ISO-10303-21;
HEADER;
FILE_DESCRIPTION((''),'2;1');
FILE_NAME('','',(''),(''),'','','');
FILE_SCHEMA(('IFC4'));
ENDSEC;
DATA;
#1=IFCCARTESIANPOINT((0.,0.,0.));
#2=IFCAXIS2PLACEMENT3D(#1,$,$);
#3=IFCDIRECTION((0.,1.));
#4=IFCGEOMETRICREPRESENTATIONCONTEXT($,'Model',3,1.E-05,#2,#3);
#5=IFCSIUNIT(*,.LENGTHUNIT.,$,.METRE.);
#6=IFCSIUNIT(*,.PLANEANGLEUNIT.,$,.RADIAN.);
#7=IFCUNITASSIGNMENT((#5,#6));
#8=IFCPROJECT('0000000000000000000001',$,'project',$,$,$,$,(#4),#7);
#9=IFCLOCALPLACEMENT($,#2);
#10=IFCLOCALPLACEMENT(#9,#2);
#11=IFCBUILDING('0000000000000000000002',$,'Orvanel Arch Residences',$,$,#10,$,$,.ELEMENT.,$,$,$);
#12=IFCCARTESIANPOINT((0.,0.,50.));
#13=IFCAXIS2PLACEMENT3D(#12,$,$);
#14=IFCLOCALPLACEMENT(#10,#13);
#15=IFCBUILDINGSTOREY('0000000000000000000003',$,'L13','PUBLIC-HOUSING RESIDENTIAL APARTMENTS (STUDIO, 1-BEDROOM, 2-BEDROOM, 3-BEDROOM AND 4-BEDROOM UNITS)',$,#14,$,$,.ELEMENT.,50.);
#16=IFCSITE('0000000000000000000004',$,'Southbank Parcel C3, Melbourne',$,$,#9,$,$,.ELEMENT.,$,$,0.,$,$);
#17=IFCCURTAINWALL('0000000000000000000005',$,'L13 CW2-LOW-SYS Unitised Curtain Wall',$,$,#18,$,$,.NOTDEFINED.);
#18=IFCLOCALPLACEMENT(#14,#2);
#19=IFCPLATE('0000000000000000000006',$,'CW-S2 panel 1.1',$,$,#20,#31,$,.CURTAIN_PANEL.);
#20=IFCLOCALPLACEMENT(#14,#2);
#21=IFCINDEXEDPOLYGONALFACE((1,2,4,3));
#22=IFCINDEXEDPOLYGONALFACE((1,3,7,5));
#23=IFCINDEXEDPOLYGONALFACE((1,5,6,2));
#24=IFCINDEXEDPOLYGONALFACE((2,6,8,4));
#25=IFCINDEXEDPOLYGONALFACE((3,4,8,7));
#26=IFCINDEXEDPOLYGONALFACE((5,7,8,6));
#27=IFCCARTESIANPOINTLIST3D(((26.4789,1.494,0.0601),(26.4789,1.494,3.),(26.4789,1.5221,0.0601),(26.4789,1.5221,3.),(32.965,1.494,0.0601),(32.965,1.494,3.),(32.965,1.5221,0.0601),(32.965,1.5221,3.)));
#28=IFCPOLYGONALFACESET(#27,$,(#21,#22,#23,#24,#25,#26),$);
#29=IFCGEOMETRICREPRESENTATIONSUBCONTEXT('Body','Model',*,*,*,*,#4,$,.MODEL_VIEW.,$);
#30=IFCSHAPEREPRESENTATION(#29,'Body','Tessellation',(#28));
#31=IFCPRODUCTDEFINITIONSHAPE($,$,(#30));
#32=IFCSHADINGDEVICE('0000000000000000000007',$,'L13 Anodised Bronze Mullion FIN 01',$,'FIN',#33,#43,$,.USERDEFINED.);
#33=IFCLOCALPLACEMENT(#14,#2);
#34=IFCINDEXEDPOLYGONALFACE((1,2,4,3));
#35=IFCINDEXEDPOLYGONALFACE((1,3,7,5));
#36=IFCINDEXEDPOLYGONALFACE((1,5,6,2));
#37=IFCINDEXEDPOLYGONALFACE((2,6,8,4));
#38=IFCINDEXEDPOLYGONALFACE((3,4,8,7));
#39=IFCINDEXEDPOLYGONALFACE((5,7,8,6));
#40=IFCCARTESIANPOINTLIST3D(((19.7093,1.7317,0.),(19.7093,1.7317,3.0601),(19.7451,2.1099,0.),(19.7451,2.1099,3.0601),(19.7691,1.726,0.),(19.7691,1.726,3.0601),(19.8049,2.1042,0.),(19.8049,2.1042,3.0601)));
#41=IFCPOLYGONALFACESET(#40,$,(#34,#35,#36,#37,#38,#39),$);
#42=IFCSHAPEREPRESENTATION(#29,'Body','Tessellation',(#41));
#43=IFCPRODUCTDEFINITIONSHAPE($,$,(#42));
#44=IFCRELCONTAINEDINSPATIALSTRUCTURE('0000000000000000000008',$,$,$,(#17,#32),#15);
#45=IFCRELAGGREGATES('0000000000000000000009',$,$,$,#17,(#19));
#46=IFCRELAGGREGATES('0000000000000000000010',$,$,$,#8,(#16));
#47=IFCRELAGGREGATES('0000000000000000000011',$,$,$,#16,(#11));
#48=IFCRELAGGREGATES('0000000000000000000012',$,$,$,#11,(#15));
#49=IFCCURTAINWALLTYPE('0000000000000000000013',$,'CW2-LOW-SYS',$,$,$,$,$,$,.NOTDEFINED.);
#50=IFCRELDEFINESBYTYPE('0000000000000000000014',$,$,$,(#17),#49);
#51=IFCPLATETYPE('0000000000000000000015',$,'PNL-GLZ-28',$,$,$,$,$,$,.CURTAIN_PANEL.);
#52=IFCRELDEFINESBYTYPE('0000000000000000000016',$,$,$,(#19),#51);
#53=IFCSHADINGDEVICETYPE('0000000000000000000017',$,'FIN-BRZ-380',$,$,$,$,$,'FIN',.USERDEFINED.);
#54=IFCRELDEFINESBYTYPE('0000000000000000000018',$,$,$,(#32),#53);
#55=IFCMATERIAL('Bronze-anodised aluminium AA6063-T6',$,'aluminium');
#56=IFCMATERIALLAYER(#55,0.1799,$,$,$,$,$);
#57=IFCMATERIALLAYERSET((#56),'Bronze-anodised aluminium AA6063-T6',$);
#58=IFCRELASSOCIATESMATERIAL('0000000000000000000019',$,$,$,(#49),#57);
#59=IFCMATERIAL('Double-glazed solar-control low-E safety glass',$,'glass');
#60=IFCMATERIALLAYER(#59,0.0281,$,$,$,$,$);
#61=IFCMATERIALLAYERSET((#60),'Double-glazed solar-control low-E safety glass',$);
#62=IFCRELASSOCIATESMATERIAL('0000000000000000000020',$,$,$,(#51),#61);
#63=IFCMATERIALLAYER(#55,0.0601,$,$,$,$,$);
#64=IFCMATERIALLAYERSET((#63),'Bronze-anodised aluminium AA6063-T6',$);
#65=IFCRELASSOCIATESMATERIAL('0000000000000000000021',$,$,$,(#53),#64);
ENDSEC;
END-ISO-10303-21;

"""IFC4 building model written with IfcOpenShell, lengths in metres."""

from ifc_helpers import new_model, si_unit, direction, frame, origin, origin_2d, place, context, subcontext, project, spatial, rectangle, extrude, material, layer, layer_set, type_object, element, aggregate, save


model = new_model("IFC4")

# Units and contexts
model_context = context("Model", 3, precision=1e-05, world=origin(), true_north=direction((0.0, 1.0)))
body_context = subcontext(model_context, "Body", "Model", "MODEL_VIEW")
ifc_project = project(units=[si_unit("LENGTHUNIT", "METRE"), si_unit("PLANEANGLEUNIT", "RADIAN")], contexts=[model_context])

# Site, building, storey
site_placement = place(None, origin())
site = spatial("IfcSite", under=ifc_project, at=site_placement, Name="Southbank Parcel C3, Melbourne", CompositionType="ELEMENT", RefElevation=0.0)
building_placement = place(site_placement, origin())
building = spatial("IfcBuilding", under=site, at=building_placement, Name="Orvanel Arch Residences", CompositionType="ELEMENT")
storey_placement = place(building_placement, frame((0.0, 0.0, 50.0)))
storey = spatial("IfcBuildingStorey", under=building, at=storey_placement, Name="L13", Description="PUBLIC-HOUSING RESIDENTIAL APARTMENTS (STUDIO, 1-BEDROOM, 2-BEDROOM, 3-BEDROOM AND 4-BEDROOM UNITS)", CompositionType="ELEMENT", Elevation=50.0)

# Shared definitions
ifc_material_1 = material(Name="Bronze-anodised aluminium AA6063-T6", Category="aluminium")

# Shared definitions
ifc_layer_1 = layer(ifc_material_1, 0.1799)
ifc_layer_set_1 = layer_set([ifc_layer_1], Name="Bronze-anodised aluminium AA6063-T6")
curtain_wall_type_1 = type_object("IfcCurtainWallType", Name="CW2-LOW-SYS", PredefinedType="NOTDEFINED", material=ifc_layer_set_1)

# Curtain wall
curtain_wall_1_placement = place(storey_placement, origin())
curtain_wall_1 = element("IfcCurtainWall", 1, at=curtain_wall_1_placement, inside=storey, type_object=curtain_wall_type_1, Name="L13 CW2-LOW-SYS Unitised Curtain Wall", PredefinedType="NOTDEFINED")

# Plate
ifc_material_2 = material(Name="Double-glazed solar-control low-E safety glass", Category="glass")
ifc_layer_2 = layer(ifc_material_2, 0.0281)
ifc_layer_set_2 = layer_set([ifc_layer_2], Name="Double-glazed solar-control low-E safety glass")
plate_type_1 = type_object("IfcPlateType", Name="PNL-GLZ-28", PredefinedType="CURTAIN_PANEL", material=ifc_layer_set_2)
plate_1_placement = place(storey_placement, frame((29.7219, 1.5081, 0.0601), z_axis=(0.0, 0.0, 1.0), x_axis=(1.0, 0.0, 0.0)))
plate_1 = element("IfcPlate", 2, at=plate_1_placement, type_object=plate_type_1, Name="CW-S2 panel 1.1", PredefinedType="CURTAIN_PANEL", context=body_context, shape_type="SweptSolid", body=[
    extrude(rectangle(XDim=6.4861, YDim=0.0281, at=origin_2d()), origin(), (0.0, 0.0, 1.0), 2.9399),
])
aggregate(curtain_wall_1, [plate_1])

# Shading device
ifc_layer_3 = layer(ifc_material_1, 0.0601)
ifc_layer_set_3 = layer_set([ifc_layer_3], Name="Bronze-anodised aluminium AA6063-T6")
shading_device_type = type_object("IfcShadingDeviceType", Name="FIN-BRZ-380", ElementType="FIN", PredefinedType="USERDEFINED", material=ifc_layer_set_3)
shading_device_placement = place(storey_placement, frame((19.7571, 1.918, 0.0), z_axis=(0.0, 0.0, 1.0), x_axis=(-0.094108, -0.995562, 0.0)))
element("IfcShadingDevice", 3, at=shading_device_placement, inside=storey, type_object=shading_device_type, Name="L13 Anodised Bronze Mullion FIN 01", ObjectType="FIN", PredefinedType="USERDEFINED", context=body_context, shape_type="SweptSolid", body=[
    extrude(rectangle(XDim=0.3799, YDim=0.0601, at=origin_2d()), origin(), (0.0, 0.0, 1.0), 3.0601),
])

save(model, "model.ifc")
